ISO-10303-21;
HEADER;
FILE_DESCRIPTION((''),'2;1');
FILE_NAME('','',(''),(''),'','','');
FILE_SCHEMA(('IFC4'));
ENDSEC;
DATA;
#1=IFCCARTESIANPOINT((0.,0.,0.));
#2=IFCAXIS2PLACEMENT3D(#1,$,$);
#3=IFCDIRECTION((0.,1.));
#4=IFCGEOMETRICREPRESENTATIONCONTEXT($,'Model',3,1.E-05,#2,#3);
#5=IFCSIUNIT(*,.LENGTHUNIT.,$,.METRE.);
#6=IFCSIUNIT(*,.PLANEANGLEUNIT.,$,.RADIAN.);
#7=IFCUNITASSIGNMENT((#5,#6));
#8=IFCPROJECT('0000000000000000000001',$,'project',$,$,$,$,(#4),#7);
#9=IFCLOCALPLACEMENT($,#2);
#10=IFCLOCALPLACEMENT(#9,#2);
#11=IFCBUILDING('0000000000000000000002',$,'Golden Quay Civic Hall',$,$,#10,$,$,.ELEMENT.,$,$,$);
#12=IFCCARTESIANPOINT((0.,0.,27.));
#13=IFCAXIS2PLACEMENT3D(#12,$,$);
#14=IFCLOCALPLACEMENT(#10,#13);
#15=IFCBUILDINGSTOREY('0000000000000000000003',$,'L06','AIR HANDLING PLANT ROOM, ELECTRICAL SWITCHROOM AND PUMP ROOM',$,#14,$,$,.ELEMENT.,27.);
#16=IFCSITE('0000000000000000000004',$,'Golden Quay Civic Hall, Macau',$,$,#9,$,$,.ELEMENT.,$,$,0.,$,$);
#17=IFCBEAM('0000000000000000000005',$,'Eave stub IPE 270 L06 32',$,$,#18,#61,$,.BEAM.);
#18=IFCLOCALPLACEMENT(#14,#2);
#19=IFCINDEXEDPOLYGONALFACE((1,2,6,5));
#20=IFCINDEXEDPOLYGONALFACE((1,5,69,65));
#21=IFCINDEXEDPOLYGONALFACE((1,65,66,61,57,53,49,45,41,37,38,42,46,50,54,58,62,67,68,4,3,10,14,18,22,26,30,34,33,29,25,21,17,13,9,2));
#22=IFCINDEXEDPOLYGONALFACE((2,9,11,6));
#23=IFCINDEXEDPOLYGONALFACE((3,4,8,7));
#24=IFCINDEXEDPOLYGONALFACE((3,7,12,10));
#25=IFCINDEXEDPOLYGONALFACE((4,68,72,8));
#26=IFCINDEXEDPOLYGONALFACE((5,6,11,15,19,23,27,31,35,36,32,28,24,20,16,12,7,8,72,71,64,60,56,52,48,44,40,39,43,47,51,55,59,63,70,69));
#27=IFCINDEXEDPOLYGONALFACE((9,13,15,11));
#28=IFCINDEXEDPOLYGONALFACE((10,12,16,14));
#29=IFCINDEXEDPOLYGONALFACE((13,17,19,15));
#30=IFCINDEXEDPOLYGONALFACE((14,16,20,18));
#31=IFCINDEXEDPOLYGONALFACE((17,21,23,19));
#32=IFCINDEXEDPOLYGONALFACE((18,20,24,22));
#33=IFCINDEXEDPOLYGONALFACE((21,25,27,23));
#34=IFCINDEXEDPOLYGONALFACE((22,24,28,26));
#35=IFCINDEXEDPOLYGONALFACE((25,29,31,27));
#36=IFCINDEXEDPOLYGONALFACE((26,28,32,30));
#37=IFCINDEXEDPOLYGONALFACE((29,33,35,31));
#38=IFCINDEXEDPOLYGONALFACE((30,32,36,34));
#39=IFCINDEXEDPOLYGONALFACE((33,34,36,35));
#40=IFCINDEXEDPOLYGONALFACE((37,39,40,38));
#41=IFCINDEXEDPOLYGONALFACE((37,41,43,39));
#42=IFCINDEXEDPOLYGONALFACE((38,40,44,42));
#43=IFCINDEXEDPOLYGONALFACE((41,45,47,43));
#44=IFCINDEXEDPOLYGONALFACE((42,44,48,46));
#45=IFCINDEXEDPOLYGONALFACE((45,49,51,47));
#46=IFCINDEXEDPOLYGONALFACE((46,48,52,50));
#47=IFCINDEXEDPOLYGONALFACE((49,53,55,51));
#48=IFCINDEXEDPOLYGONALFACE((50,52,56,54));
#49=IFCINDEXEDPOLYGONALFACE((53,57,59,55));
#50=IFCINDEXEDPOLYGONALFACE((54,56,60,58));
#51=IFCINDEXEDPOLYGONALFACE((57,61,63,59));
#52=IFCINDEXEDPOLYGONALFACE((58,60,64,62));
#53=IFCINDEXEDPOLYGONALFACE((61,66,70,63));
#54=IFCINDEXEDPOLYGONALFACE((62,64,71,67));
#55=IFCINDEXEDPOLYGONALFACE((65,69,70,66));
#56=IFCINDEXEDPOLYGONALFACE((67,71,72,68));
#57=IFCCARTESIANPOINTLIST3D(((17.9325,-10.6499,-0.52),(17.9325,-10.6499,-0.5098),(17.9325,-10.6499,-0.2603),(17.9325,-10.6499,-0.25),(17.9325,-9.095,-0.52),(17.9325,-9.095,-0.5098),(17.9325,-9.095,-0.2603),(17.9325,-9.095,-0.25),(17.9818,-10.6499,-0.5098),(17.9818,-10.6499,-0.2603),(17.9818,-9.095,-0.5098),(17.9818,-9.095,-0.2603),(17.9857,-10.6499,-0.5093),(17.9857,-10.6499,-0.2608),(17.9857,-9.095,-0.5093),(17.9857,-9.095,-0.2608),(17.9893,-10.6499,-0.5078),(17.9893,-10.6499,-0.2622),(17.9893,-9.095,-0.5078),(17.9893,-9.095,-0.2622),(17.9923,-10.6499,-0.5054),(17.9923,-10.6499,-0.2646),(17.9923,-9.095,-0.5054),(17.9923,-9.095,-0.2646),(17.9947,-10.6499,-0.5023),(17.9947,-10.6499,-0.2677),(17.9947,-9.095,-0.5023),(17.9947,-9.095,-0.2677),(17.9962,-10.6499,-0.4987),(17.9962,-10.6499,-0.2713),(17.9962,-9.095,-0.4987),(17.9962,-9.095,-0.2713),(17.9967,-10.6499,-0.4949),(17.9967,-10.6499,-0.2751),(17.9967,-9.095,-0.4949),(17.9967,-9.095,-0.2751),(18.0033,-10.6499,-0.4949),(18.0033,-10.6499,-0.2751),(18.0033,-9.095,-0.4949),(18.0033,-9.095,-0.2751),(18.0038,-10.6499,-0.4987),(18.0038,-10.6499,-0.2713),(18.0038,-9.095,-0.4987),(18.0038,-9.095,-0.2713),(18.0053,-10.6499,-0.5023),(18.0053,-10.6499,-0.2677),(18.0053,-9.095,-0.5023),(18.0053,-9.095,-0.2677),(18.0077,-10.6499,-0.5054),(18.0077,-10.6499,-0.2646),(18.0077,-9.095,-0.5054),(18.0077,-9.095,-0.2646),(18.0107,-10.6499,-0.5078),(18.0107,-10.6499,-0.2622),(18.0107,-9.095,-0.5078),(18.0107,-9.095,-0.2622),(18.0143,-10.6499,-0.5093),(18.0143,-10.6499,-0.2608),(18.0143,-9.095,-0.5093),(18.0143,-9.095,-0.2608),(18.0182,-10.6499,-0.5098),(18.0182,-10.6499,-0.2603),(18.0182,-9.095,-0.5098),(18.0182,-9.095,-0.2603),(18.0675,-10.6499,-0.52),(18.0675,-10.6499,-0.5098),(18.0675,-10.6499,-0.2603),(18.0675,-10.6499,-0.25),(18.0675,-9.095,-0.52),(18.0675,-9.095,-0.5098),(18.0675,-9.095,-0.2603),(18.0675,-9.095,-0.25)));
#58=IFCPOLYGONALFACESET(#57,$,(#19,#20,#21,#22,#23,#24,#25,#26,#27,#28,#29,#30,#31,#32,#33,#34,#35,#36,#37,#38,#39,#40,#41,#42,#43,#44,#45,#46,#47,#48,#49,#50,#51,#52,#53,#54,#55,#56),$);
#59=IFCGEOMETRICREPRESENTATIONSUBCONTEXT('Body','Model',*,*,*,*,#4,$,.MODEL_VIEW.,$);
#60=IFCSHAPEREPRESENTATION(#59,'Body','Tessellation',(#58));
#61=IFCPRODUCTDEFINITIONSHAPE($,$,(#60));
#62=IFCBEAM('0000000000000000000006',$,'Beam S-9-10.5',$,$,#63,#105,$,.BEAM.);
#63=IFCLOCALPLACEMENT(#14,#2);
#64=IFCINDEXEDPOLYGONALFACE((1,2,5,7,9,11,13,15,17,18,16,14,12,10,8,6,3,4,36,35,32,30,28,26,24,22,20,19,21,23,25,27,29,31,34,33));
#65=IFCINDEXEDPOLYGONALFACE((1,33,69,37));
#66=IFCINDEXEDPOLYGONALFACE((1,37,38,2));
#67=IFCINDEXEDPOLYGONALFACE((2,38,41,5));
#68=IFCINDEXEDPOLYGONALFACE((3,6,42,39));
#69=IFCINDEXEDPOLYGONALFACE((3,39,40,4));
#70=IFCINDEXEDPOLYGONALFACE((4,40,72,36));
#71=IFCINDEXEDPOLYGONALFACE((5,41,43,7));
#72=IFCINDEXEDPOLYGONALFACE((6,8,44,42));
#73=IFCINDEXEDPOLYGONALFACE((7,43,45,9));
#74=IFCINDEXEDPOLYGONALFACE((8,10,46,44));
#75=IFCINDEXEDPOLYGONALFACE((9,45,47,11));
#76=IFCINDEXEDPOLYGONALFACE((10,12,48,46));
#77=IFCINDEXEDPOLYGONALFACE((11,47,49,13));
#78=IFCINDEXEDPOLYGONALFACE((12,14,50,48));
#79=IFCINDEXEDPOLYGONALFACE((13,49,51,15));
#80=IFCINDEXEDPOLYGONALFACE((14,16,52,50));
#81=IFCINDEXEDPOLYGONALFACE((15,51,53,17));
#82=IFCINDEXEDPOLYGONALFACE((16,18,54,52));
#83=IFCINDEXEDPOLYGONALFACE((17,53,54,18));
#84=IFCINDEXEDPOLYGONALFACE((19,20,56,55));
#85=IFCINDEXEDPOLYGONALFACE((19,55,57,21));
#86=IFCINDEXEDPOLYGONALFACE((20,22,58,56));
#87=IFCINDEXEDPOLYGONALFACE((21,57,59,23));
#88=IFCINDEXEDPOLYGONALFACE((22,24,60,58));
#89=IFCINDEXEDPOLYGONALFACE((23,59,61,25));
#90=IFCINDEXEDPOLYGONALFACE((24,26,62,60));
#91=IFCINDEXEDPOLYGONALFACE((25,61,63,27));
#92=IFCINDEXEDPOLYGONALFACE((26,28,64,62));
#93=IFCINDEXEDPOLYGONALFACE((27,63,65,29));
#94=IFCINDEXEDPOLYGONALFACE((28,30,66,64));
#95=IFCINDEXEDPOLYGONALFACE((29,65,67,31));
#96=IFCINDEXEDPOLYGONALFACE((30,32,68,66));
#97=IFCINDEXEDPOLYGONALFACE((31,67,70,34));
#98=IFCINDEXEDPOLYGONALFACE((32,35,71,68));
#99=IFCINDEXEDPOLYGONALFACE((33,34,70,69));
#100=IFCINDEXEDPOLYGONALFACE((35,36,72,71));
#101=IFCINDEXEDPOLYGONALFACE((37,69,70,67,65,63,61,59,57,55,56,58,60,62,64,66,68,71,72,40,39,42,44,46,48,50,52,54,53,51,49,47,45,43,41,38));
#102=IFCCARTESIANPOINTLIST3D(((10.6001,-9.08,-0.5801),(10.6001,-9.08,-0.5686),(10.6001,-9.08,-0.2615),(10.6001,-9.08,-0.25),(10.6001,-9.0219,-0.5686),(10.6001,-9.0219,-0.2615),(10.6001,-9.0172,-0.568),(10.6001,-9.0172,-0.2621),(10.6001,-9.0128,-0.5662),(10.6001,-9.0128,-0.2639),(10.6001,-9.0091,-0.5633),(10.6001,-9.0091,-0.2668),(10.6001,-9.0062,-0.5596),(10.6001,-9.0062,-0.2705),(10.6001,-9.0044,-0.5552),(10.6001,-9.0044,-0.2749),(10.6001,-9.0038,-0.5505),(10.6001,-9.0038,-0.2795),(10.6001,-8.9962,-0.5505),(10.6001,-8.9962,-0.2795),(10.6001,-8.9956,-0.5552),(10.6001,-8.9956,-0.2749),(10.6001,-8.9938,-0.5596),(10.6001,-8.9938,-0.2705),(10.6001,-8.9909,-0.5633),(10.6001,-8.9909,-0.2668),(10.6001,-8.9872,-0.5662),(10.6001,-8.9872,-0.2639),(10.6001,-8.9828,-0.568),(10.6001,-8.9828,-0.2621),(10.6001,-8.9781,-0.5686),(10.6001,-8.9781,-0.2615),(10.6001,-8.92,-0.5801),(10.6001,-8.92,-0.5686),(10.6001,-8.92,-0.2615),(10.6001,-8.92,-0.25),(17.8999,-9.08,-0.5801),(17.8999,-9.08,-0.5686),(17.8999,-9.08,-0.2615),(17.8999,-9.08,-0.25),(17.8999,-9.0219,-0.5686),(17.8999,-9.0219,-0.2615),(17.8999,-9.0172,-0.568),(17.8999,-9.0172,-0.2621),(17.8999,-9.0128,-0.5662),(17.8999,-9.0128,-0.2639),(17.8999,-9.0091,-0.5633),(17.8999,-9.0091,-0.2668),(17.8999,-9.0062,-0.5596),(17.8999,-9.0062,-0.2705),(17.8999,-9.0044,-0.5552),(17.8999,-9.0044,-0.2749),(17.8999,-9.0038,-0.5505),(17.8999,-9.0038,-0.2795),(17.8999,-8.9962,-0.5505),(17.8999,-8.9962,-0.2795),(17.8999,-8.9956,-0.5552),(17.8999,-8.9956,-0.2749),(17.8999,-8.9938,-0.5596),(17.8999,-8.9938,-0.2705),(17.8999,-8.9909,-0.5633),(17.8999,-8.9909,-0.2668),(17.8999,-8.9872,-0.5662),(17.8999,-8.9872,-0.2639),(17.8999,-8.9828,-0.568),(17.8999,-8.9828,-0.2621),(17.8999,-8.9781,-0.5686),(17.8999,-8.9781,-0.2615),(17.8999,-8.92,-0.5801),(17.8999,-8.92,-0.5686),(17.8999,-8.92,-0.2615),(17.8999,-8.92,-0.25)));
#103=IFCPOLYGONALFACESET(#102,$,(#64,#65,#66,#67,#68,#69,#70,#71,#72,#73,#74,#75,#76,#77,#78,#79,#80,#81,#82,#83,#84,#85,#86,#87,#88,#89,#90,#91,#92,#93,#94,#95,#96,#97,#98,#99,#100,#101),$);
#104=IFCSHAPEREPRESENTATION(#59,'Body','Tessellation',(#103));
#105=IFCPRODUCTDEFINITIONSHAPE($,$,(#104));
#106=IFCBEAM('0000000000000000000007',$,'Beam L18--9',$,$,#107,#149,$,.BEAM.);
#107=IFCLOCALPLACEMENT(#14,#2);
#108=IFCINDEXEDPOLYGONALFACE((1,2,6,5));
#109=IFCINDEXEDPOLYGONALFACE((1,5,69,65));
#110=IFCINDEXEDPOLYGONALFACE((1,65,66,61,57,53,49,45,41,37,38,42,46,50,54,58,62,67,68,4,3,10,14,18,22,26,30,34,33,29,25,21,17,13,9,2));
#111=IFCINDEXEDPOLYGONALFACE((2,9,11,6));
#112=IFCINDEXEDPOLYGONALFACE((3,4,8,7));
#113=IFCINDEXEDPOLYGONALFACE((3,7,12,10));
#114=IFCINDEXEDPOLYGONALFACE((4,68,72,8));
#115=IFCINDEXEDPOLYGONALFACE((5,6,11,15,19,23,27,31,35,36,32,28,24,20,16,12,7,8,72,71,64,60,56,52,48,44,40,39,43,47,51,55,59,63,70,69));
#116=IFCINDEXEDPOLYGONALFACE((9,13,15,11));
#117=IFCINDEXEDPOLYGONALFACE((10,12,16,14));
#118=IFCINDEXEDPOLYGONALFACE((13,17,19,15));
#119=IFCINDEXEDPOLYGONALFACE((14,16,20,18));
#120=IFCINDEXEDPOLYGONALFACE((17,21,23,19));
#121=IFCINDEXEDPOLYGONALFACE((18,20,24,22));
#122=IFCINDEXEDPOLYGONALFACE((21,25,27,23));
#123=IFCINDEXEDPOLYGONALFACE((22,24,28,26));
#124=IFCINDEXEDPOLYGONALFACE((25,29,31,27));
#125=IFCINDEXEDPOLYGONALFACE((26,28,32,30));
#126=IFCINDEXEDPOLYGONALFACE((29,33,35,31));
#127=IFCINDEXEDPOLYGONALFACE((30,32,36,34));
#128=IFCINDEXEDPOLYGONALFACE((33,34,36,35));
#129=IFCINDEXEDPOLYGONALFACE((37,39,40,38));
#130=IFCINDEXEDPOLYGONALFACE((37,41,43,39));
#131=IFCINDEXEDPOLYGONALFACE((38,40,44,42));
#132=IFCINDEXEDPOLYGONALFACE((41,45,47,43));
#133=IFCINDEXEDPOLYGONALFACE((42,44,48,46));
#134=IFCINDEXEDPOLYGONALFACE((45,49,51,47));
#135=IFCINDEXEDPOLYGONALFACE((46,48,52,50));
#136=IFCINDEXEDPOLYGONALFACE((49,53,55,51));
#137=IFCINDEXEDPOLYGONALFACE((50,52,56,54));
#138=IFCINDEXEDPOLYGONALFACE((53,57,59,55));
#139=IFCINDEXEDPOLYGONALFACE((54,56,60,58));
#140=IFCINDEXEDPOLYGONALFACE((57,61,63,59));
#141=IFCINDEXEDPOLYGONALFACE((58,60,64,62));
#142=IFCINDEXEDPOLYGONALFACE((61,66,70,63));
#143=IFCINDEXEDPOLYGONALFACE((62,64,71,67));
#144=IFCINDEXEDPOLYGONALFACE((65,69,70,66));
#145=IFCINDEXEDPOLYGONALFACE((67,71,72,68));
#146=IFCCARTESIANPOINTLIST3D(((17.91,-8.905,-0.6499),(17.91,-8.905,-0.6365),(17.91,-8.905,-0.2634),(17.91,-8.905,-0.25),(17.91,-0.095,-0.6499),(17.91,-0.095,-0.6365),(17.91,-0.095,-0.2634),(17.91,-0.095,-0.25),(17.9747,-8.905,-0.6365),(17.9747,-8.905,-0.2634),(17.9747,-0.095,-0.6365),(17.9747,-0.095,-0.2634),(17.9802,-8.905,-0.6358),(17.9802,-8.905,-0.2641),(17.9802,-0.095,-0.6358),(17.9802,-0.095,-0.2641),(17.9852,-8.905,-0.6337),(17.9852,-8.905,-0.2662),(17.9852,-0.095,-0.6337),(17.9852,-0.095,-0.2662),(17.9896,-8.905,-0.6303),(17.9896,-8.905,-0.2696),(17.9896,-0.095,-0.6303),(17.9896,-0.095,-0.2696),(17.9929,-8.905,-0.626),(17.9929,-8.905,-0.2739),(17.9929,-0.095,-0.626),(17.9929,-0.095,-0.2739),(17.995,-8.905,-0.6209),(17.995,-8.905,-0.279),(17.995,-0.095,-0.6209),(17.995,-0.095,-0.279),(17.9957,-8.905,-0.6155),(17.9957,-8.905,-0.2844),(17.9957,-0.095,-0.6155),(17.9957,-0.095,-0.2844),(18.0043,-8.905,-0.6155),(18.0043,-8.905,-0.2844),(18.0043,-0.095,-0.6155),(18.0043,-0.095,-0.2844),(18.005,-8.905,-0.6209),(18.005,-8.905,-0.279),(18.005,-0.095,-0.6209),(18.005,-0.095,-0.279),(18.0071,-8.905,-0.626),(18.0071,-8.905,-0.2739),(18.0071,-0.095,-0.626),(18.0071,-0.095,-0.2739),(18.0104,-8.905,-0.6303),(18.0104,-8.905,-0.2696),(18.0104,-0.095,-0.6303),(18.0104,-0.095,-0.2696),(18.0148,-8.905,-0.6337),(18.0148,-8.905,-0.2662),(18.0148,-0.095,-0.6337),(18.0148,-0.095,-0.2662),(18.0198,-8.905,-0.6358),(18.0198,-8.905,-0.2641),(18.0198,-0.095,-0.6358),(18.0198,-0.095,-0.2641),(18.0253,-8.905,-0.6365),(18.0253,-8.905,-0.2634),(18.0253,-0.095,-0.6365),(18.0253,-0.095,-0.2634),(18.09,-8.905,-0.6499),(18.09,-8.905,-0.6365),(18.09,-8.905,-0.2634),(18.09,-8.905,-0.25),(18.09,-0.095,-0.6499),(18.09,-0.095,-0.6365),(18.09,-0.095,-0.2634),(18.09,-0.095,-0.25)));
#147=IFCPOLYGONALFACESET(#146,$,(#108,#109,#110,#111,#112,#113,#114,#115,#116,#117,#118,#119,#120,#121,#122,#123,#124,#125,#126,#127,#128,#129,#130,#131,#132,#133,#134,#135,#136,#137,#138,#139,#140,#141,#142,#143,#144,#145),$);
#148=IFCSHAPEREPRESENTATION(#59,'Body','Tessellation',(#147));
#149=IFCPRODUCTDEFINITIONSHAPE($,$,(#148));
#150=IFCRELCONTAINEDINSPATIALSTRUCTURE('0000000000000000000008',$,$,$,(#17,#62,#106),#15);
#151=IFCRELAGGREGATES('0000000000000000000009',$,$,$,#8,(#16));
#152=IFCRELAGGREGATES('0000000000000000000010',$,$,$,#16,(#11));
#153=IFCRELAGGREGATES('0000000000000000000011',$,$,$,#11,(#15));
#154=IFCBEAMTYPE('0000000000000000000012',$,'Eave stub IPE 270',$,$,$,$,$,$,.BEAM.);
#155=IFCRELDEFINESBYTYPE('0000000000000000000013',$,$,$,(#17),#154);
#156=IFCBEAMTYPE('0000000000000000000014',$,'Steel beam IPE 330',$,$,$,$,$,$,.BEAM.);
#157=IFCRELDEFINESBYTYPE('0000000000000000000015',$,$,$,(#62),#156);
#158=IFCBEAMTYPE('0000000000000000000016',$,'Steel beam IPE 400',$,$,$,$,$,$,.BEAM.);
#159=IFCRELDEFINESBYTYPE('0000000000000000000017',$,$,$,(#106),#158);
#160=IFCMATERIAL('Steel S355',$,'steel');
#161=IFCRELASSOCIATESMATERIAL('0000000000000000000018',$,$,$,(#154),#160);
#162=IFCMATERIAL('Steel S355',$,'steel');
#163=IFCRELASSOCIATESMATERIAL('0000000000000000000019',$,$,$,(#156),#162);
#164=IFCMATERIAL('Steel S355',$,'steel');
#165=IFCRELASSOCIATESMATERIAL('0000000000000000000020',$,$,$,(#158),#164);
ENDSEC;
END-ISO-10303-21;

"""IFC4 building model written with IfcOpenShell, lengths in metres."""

from ifc_helpers import new_model, si_unit, direction, frame, origin, origin_2d, place, context, subcontext, project, spatial, i_section, extrude, material, material_profile, profile_set, type_object, element, save


model = new_model("IFC4")

# Units and contexts
model_context = context("Model", 3, precision=1e-05, world=origin(), true_north=direction((0.0, 1.0)))
body_context = subcontext(model_context, "Body", "Model", "MODEL_VIEW")
ifc_project = project(units=[si_unit("LENGTHUNIT", "METRE"), si_unit("PLANEANGLEUNIT", "RADIAN")], contexts=[model_context])

# Site, building, storey
site_placement = place(None, origin())
site = spatial("IfcSite", under=ifc_project, at=site_placement, Name="Golden Quay Civic Hall, Macau", CompositionType="ELEMENT", RefElevation=0.0)
building_placement = place(site_placement, origin())
building = spatial("IfcBuilding", under=site, at=building_placement, Name="Golden Quay Civic Hall", CompositionType="ELEMENT")
storey_placement = place(building_placement, frame((0.0, 0.0, 27.0)))
storey = spatial("IfcBuildingStorey", under=building, at=storey_placement, Name="L06", Description="AIR HANDLING PLANT ROOM, ELECTRICAL SWITCHROOM AND PUMP ROOM", CompositionType="ELEMENT", Elevation=27.0)

# Beams
ifc_material_1 = material(Name="Steel S355", Category="steel")
ifc_material_profile_1 = material_profile(ifc_material_1, i_section(OverallWidth=0.135, OverallDepth=0.27, WebThickness=0.0066, FlangeThickness=0.0103, FilletRadius=0.0149, at=origin_2d()), Name="IPE 270")
ifc_profile_set_1 = profile_set([ifc_material_profile_1], Name="Steel S355")
beam_type_1 = type_object("IfcBeamType", Name="Eave stub IPE 270", PredefinedType="BEAM", material=ifc_profile_set_1)
for number, where, z_axis, x_axis, name in (
    (1, (18.0, -9.095, -0.385), (0.0, -1.0, 0.0), (1.0, 0.0, 0.0), "Eave stub IPE 270 L06 32"),
):
    element("IfcBeam", number, at=place(storey_placement, frame(where, z_axis=z_axis, x_axis=x_axis)), inside=storey, type_object=beam_type_1, Name=name, PredefinedType="BEAM", context=body_context, shape_type="SweptSolid", body=[
        extrude(i_section(OverallWidth=0.135, OverallDepth=0.27, WebThickness=0.0066, FlangeThickness=0.0103, FilletRadius=0.0149, at=origin_2d()), origin(), (0.0, 0.0, 1.0), 1.5549),
    ])
ifc_material_2 = material(Name="Steel S355", Category="steel")
ifc_material_profile_2 = material_profile(ifc_material_2, i_section(OverallWidth=0.1599, OverallDepth=0.3301, WebThickness=0.0076, FlangeThickness=0.0115, FilletRadius=0.0181, at=origin_2d()), Name="IPE 330")
ifc_profile_set_2 = profile_set([ifc_material_profile_2], Name="Steel S355")
beam_type_2 = type_object("IfcBeamType", Name="Steel beam IPE 330", PredefinedType="BEAM", material=ifc_profile_set_2)
beam_1_placement = place(storey_placement, frame((10.6001, -9.0, -0.415), z_axis=(1.0, 0.0, 0.0), x_axis=(0.0, 1.0, 0.0)))
element("IfcBeam", 2, at=beam_1_placement, inside=storey, type_object=beam_type_2, Name="Beam S-9-10.5", PredefinedType="BEAM", context=body_context, shape_type="SweptSolid", body=[
    extrude(i_section(OverallWidth=0.1599, OverallDepth=0.3301, WebThickness=0.0076, FlangeThickness=0.0115, FilletRadius=0.0181, at=origin_2d()), origin(), (0.0, 0.0, 1.0), 7.2998),
])
ifc_material_3 = material(Name="Steel S355", Category="steel")
ifc_material_profile_3 = material_profile(ifc_material_3, i_section(OverallWidth=0.1799, OverallDepth=0.3999, WebThickness=0.0085, FlangeThickness=0.0134, FilletRadius=0.021, at=origin_2d()), Name="IPE 400")
ifc_profile_set_3 = profile_set([ifc_material_profile_3], Name="Steel S355")
beam_type_3 = type_object("IfcBeamType", Name="Steel beam IPE 400", PredefinedType="BEAM", material=ifc_profile_set_3)
beam_2_placement = place(storey_placement, frame((18.0, -8.905, -0.45), z_axis=(0.0, 1.0, 0.0), x_axis=(-1.0, 0.0, 0.0)))
element("IfcBeam", 3, at=beam_2_placement, inside=storey, type_object=beam_type_3, Name="Beam L18--9", PredefinedType="BEAM", context=body_context, shape_type="SweptSolid", body=[
    extrude(i_section(OverallWidth=0.1799, OverallDepth=0.3999, WebThickness=0.0085, FlangeThickness=0.0134, FilletRadius=0.021, at=origin_2d()), origin(), (0.0, 0.0, 1.0), 8.8101),
])

save(model, "model.ifc")
